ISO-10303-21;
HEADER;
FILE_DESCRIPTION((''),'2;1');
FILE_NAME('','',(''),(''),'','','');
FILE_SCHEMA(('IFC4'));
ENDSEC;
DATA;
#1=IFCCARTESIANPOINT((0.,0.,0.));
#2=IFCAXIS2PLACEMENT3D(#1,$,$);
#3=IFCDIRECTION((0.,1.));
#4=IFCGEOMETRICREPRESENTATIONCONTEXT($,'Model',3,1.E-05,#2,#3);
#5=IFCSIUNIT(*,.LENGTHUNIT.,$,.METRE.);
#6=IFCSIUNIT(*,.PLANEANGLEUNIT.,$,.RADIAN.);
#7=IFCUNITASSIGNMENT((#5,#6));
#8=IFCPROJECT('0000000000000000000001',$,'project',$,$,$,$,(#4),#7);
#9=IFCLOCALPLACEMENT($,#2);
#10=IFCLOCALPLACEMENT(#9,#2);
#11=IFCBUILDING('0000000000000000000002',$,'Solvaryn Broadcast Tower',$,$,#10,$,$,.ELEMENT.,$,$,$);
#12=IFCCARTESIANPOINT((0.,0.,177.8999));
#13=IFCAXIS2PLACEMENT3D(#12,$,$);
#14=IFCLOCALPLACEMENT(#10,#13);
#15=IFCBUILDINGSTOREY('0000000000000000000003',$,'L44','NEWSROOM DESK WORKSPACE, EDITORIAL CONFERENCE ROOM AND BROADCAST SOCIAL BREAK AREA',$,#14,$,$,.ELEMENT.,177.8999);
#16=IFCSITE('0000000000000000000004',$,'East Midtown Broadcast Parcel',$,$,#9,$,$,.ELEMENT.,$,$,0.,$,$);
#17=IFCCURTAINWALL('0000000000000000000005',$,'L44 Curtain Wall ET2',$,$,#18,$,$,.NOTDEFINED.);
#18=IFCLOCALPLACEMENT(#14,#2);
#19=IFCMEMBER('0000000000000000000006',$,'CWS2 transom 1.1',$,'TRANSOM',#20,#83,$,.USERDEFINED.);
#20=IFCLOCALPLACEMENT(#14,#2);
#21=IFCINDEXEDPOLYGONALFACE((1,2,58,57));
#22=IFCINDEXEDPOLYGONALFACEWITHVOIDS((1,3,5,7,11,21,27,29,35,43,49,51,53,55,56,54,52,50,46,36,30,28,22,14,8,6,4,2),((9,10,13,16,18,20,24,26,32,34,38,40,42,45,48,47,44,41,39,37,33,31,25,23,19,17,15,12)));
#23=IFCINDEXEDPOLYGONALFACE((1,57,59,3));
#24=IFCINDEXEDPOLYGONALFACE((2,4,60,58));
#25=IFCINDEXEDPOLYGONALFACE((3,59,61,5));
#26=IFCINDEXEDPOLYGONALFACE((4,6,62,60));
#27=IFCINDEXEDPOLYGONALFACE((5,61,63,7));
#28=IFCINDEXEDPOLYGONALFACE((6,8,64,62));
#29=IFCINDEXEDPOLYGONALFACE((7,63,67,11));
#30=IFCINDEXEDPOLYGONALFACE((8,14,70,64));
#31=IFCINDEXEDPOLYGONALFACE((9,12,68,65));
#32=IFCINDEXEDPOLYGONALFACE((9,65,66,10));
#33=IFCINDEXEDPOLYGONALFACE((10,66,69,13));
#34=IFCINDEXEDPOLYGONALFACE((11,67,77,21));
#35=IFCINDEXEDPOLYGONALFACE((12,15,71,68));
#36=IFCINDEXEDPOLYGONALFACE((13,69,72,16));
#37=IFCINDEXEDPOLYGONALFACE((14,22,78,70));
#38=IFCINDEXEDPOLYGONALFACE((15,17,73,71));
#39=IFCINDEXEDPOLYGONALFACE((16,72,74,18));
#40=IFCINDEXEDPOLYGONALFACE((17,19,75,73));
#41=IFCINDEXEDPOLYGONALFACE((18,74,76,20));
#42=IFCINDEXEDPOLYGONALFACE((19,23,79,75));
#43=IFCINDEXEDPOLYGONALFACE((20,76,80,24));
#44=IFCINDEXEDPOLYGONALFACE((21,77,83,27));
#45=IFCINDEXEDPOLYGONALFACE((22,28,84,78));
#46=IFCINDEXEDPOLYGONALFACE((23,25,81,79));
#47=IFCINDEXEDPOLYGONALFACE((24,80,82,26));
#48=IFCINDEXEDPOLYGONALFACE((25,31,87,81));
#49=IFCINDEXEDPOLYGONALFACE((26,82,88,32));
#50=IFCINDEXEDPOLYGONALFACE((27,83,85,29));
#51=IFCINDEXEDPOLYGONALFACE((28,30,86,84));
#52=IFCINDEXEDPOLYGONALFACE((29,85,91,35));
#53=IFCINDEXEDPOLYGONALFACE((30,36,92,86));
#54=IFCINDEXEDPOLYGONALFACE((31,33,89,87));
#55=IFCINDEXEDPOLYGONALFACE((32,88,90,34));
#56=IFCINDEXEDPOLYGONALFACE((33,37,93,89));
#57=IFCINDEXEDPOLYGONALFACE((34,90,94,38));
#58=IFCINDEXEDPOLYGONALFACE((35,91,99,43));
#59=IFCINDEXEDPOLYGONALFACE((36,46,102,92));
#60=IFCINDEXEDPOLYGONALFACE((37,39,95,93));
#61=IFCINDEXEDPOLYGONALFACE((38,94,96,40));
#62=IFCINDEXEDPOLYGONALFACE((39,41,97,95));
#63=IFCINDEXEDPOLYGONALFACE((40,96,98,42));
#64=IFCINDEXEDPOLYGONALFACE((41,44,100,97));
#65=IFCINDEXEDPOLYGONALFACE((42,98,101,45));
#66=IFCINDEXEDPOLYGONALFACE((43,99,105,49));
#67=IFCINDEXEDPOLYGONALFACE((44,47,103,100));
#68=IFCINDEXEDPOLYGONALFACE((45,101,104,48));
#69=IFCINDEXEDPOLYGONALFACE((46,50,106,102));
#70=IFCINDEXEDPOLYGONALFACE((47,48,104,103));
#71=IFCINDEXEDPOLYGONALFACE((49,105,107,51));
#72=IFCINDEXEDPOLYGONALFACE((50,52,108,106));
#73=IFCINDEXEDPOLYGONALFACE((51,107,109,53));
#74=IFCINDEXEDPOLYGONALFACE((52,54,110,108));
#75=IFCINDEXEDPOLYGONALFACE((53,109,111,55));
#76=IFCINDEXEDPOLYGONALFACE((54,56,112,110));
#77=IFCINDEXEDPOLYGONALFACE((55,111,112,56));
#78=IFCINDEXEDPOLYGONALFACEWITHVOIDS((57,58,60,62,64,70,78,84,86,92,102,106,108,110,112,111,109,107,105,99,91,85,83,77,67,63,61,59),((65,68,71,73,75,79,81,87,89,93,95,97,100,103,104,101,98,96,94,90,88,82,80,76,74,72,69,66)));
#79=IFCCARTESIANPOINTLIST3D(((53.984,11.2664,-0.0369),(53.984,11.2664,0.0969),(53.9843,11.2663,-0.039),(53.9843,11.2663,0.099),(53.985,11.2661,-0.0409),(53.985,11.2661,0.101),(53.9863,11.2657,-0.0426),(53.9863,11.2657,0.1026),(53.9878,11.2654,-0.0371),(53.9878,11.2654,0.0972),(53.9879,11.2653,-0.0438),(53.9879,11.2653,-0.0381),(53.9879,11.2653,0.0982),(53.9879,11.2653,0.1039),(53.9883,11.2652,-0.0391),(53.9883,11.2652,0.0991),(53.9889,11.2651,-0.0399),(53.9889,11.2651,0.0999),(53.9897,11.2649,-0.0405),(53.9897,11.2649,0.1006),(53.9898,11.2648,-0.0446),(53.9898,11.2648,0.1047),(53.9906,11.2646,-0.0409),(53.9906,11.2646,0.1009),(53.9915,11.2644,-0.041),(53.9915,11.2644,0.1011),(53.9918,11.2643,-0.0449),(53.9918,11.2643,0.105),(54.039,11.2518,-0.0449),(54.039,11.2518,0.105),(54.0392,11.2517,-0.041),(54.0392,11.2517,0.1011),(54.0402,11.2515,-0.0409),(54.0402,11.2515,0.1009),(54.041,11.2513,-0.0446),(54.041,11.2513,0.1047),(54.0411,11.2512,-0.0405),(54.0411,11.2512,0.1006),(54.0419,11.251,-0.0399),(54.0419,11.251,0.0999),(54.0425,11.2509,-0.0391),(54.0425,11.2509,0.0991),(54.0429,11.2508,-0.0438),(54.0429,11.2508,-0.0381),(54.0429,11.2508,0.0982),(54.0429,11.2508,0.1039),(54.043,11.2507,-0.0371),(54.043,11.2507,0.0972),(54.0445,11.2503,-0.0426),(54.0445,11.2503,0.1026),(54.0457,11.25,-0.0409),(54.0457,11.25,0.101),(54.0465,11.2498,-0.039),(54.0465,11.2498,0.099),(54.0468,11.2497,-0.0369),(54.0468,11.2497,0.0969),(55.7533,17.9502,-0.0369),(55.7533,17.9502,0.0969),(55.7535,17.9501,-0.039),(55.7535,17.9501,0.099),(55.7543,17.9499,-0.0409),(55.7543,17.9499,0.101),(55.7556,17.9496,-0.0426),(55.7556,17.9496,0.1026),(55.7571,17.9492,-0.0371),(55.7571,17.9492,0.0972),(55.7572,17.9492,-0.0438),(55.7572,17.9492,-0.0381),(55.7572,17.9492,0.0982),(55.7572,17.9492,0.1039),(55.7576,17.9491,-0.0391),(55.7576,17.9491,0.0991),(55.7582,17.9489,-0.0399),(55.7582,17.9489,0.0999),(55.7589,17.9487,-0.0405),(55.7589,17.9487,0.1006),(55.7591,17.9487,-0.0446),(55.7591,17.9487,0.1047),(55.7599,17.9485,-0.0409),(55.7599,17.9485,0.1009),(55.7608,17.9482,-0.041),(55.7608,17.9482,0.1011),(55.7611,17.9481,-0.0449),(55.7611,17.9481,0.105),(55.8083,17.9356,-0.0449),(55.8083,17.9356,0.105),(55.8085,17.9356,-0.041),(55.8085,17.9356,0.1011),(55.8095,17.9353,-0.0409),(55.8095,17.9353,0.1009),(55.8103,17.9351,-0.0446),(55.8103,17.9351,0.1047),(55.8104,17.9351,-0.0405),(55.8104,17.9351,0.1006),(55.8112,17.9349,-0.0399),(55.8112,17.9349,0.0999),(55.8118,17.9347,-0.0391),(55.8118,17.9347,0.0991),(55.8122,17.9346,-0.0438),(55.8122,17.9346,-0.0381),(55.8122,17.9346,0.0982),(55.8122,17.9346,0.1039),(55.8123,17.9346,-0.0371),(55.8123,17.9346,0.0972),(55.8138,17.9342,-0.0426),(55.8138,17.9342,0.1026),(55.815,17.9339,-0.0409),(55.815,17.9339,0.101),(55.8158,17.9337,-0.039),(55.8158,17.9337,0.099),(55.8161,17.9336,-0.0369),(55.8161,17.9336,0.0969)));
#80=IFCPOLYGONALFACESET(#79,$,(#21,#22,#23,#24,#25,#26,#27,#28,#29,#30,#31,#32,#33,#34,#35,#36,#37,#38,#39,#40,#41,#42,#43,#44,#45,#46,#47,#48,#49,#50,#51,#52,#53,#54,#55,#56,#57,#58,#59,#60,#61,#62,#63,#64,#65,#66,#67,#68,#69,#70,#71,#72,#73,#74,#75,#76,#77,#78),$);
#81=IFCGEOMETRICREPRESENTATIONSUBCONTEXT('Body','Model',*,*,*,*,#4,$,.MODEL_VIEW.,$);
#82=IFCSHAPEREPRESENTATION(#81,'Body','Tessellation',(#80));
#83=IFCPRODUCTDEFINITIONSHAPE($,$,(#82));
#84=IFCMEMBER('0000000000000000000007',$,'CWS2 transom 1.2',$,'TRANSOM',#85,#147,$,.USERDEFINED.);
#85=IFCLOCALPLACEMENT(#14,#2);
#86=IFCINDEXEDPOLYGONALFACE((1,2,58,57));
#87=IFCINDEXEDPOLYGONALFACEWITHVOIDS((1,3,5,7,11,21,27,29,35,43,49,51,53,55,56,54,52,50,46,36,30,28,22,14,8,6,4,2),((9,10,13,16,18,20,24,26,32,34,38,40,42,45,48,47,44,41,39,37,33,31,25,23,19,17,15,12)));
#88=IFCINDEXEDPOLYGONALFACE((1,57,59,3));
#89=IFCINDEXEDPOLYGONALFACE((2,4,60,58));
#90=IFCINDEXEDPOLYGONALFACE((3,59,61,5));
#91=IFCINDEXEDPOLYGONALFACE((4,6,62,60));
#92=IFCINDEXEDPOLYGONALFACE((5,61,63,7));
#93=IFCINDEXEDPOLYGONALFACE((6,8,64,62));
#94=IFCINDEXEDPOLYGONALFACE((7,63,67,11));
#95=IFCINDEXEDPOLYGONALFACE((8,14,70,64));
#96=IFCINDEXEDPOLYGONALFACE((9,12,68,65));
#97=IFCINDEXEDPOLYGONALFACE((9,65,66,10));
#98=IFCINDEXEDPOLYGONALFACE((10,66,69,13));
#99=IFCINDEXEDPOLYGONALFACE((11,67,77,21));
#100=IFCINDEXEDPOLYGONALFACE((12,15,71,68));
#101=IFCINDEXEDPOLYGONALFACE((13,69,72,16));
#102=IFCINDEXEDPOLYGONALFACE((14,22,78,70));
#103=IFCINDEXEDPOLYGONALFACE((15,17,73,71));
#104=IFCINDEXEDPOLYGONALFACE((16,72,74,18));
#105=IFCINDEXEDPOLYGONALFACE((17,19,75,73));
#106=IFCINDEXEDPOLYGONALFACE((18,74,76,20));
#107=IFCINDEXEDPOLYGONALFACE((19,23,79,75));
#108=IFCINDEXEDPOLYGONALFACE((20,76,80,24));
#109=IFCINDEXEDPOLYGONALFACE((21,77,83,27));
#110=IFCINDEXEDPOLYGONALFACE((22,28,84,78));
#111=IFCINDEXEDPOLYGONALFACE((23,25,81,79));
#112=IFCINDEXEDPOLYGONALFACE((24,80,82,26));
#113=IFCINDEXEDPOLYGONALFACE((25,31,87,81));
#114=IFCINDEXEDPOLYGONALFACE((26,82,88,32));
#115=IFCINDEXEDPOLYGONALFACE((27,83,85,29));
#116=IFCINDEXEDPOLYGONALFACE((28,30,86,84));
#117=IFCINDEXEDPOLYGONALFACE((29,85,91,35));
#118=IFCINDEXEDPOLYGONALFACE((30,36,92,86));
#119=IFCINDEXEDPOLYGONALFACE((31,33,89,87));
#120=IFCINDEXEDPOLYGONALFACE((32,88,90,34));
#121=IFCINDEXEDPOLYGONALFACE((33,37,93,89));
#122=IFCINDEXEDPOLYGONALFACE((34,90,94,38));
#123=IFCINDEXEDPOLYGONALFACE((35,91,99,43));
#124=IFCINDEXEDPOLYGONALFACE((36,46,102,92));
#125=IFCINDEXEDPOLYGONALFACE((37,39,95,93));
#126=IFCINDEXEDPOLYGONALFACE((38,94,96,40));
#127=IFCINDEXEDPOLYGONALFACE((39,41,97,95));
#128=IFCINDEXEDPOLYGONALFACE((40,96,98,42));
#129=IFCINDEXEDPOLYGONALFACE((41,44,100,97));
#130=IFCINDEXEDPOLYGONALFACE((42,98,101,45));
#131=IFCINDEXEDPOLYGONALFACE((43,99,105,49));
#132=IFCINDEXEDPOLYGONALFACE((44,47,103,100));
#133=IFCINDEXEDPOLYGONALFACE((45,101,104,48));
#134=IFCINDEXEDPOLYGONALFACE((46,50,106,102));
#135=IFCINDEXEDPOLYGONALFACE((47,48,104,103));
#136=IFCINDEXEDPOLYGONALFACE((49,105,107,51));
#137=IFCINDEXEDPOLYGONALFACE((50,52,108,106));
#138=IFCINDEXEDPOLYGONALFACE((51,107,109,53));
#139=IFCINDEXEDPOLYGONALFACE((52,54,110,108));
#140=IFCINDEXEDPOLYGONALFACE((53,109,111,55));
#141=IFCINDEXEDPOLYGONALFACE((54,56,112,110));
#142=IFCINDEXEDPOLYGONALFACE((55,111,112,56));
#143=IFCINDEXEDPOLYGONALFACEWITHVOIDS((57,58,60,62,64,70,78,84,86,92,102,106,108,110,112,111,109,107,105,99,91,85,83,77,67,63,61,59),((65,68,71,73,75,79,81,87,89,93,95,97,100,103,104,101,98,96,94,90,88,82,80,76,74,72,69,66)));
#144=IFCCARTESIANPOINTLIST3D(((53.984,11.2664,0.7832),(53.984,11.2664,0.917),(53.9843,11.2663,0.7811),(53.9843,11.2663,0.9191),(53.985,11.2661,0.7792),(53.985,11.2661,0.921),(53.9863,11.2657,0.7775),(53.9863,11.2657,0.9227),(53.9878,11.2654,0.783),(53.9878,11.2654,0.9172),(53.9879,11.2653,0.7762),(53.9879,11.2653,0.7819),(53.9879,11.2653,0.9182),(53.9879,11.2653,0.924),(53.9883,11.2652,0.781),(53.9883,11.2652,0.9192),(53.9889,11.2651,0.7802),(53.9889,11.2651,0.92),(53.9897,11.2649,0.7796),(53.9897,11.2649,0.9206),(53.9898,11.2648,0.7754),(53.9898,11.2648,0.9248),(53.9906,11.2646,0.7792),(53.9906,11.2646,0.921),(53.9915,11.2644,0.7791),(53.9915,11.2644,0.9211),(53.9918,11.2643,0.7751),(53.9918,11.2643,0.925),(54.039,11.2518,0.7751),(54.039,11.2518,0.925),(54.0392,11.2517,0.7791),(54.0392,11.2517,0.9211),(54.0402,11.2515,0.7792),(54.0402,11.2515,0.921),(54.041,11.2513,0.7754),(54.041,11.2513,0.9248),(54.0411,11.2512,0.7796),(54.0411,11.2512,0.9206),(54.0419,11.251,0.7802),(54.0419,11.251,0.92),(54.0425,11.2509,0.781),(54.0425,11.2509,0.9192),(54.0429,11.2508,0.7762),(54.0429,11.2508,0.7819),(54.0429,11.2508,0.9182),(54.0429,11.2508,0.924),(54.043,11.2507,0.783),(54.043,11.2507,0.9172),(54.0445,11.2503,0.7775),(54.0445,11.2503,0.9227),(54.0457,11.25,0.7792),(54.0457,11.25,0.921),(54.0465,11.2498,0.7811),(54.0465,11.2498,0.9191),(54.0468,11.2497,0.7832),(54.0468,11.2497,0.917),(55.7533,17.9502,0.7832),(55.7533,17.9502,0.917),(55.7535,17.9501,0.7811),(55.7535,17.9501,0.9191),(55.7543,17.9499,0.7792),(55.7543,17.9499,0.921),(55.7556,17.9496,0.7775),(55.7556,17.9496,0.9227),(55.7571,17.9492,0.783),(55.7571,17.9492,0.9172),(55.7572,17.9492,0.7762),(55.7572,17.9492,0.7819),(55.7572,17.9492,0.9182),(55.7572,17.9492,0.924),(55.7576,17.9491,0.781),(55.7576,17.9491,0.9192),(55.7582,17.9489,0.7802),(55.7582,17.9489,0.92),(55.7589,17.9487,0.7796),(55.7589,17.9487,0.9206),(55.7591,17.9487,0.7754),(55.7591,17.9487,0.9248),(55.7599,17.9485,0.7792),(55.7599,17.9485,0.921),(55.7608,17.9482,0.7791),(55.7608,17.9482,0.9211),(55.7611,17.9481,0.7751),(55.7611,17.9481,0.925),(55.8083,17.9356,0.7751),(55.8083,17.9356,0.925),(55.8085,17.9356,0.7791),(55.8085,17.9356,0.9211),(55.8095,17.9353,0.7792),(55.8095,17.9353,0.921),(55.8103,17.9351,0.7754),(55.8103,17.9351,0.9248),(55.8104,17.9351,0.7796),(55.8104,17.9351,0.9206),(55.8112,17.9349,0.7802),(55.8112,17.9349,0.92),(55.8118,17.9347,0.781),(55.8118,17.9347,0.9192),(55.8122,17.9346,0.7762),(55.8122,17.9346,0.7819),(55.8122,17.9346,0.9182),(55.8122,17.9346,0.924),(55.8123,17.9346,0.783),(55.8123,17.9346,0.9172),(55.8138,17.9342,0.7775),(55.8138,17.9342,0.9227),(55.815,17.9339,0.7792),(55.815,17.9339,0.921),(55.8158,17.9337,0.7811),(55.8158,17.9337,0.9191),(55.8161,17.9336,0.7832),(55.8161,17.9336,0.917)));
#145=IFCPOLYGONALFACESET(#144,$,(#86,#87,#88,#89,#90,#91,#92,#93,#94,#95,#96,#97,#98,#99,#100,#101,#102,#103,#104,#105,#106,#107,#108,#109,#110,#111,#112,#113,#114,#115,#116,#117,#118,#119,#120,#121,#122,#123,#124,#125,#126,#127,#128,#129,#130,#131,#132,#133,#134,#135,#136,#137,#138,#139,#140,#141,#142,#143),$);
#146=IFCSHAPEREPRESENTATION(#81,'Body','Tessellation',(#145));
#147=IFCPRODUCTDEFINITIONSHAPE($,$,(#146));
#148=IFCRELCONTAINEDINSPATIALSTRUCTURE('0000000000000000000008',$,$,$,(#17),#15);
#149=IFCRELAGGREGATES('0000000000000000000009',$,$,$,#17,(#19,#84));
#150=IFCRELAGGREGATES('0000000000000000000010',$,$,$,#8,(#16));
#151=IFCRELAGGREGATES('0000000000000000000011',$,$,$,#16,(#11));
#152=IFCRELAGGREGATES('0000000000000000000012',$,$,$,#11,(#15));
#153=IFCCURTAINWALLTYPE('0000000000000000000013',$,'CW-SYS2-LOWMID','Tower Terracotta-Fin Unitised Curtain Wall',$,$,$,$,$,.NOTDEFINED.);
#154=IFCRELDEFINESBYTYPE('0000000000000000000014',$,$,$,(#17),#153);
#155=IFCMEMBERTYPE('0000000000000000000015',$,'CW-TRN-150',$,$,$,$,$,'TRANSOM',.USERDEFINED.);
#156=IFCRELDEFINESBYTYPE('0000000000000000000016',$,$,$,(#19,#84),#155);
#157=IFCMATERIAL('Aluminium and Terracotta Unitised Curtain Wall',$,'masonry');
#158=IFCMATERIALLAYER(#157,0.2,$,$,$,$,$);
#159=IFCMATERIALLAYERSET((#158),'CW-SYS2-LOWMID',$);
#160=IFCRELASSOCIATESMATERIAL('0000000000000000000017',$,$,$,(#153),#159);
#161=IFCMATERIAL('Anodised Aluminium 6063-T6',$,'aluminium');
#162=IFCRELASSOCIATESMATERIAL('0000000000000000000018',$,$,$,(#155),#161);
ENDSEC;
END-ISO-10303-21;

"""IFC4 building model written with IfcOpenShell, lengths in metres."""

from ifc_helpers import new_model, si_unit, direction, frame, origin, origin_2d, place, context, subcontext, project, spatial, hollow_rectangle, extrude, material, layer, layer_set, material_profile, profile_set, type_object, element, aggregate, save


model = new_model("IFC4")

# Units and contexts
model_context = context("Model", 3, precision=1e-05, world=origin(), true_north=direction((0.0, 1.0)))
body_context = subcontext(model_context, "Body", "Model", "MODEL_VIEW")
ifc_project = project(units=[si_unit("LENGTHUNIT", "METRE"), si_unit("PLANEANGLEUNIT", "RADIAN")], contexts=[model_context])

# Site, building, storey
site_placement = place(None, origin())
site = spatial("IfcSite", under=ifc_project, at=site_placement, Name="East Midtown Broadcast Parcel", CompositionType="ELEMENT", RefElevation=0.0)
building_placement = place(site_placement, origin())
building = spatial("IfcBuilding", under=site, at=building_placement, Name="Solvaryn Broadcast Tower", CompositionType="ELEMENT")
storey_placement = place(building_placement, frame((0.0, 0.0, 177.8999)))
storey = spatial("IfcBuildingStorey", under=building, at=storey_placement, Name="L44", Description="NEWSROOM DESK WORKSPACE, EDITORIAL CONFERENCE ROOM AND BROADCAST SOCIAL BREAK AREA", CompositionType="ELEMENT", Elevation=177.8999)

# Shared definitions
ifc_material_1 = material(Name="Aluminium and Terracotta Unitised Curtain Wall", Category="masonry")
ifc_layer_1 = layer(ifc_material_1, 0.2)
ifc_layer_set_1 = layer_set([ifc_layer_1], Name="CW-SYS2-LOWMID")
curtain_wall_type = type_object("IfcCurtainWallType", Name="CW-SYS2-LOWMID", Description="Tower Terracotta-Fin Unitised Curtain Wall", PredefinedType="NOTDEFINED", material=ifc_layer_set_1)

# Curtain wall, members
curtain_wall_1_placement = place(storey_placement, origin())
curtain_wall_1 = element("IfcCurtainWall", 1, at=curtain_wall_1_placement, inside=storey, type_object=curtain_wall_type, Name="L44 Curtain Wall ET2", PredefinedType="NOTDEFINED")
ifc_material_2 = material(Name="Anodised Aluminium 6063-T6", Category="aluminium")
ifc_material_profile_1 = material_profile(ifc_material_2, hollow_rectangle(XDim=0.0649, YDim=0.1499, WallThickness=0.0039, InnerFilletRadius=0.0039, OuterFilletRadius=0.0081, at=origin_2d()))
ifc_profile_set_1 = profile_set([ifc_material_profile_1], Name="Anodised Aluminium 6063-T6")
member_type_1 = type_object("IfcMemberType", Name="CW-TRN-150", ElementType="TRANSOM", PredefinedType="USERDEFINED", material=ifc_profile_set_1)
member_1_placement = place(storey_placement, frame((55.7847, 17.9419, 0.03), z_axis=(-0.255897, -0.966704, 0.0), x_axis=(0.966704, -0.255897, 0.0)))
member_1 = element("IfcMember", 2, at=member_1_placement, type_object=member_type_1, Name="CWS2 transom 1.1", ObjectType="TRANSOM", PredefinedType="USERDEFINED", context=body_context, shape_type="SweptSolid", body=[
    extrude(hollow_rectangle(XDim=0.0649, YDim=0.1499, WallThickness=0.0039, InnerFilletRadius=0.0039, OuterFilletRadius=0.0081, at=origin_2d()), origin(), (0.0, 0.0, 1.0), 6.9141),
])
member_2_placement = place(storey_placement, frame((55.7847, 17.9419, 0.8501), z_axis=(-0.255897, -0.966704, 0.0), x_axis=(0.966704, -0.255897, 0.0)))
member_2 = element("IfcMember", 3, at=member_2_placement, type_object=member_type_1, Name="CWS2 transom 1.2", ObjectType="TRANSOM", PredefinedType="USERDEFINED", context=body_context, shape_type="SweptSolid", body=[
    extrude(hollow_rectangle(XDim=0.0649, YDim=0.1499, WallThickness=0.0039, InnerFilletRadius=0.0039, OuterFilletRadius=0.0081, at=origin_2d()), origin(), (0.0, 0.0, 1.0), 6.9141),
])
aggregate(curtain_wall_1, [member_1, member_2])

save(model, "model.ifc")
